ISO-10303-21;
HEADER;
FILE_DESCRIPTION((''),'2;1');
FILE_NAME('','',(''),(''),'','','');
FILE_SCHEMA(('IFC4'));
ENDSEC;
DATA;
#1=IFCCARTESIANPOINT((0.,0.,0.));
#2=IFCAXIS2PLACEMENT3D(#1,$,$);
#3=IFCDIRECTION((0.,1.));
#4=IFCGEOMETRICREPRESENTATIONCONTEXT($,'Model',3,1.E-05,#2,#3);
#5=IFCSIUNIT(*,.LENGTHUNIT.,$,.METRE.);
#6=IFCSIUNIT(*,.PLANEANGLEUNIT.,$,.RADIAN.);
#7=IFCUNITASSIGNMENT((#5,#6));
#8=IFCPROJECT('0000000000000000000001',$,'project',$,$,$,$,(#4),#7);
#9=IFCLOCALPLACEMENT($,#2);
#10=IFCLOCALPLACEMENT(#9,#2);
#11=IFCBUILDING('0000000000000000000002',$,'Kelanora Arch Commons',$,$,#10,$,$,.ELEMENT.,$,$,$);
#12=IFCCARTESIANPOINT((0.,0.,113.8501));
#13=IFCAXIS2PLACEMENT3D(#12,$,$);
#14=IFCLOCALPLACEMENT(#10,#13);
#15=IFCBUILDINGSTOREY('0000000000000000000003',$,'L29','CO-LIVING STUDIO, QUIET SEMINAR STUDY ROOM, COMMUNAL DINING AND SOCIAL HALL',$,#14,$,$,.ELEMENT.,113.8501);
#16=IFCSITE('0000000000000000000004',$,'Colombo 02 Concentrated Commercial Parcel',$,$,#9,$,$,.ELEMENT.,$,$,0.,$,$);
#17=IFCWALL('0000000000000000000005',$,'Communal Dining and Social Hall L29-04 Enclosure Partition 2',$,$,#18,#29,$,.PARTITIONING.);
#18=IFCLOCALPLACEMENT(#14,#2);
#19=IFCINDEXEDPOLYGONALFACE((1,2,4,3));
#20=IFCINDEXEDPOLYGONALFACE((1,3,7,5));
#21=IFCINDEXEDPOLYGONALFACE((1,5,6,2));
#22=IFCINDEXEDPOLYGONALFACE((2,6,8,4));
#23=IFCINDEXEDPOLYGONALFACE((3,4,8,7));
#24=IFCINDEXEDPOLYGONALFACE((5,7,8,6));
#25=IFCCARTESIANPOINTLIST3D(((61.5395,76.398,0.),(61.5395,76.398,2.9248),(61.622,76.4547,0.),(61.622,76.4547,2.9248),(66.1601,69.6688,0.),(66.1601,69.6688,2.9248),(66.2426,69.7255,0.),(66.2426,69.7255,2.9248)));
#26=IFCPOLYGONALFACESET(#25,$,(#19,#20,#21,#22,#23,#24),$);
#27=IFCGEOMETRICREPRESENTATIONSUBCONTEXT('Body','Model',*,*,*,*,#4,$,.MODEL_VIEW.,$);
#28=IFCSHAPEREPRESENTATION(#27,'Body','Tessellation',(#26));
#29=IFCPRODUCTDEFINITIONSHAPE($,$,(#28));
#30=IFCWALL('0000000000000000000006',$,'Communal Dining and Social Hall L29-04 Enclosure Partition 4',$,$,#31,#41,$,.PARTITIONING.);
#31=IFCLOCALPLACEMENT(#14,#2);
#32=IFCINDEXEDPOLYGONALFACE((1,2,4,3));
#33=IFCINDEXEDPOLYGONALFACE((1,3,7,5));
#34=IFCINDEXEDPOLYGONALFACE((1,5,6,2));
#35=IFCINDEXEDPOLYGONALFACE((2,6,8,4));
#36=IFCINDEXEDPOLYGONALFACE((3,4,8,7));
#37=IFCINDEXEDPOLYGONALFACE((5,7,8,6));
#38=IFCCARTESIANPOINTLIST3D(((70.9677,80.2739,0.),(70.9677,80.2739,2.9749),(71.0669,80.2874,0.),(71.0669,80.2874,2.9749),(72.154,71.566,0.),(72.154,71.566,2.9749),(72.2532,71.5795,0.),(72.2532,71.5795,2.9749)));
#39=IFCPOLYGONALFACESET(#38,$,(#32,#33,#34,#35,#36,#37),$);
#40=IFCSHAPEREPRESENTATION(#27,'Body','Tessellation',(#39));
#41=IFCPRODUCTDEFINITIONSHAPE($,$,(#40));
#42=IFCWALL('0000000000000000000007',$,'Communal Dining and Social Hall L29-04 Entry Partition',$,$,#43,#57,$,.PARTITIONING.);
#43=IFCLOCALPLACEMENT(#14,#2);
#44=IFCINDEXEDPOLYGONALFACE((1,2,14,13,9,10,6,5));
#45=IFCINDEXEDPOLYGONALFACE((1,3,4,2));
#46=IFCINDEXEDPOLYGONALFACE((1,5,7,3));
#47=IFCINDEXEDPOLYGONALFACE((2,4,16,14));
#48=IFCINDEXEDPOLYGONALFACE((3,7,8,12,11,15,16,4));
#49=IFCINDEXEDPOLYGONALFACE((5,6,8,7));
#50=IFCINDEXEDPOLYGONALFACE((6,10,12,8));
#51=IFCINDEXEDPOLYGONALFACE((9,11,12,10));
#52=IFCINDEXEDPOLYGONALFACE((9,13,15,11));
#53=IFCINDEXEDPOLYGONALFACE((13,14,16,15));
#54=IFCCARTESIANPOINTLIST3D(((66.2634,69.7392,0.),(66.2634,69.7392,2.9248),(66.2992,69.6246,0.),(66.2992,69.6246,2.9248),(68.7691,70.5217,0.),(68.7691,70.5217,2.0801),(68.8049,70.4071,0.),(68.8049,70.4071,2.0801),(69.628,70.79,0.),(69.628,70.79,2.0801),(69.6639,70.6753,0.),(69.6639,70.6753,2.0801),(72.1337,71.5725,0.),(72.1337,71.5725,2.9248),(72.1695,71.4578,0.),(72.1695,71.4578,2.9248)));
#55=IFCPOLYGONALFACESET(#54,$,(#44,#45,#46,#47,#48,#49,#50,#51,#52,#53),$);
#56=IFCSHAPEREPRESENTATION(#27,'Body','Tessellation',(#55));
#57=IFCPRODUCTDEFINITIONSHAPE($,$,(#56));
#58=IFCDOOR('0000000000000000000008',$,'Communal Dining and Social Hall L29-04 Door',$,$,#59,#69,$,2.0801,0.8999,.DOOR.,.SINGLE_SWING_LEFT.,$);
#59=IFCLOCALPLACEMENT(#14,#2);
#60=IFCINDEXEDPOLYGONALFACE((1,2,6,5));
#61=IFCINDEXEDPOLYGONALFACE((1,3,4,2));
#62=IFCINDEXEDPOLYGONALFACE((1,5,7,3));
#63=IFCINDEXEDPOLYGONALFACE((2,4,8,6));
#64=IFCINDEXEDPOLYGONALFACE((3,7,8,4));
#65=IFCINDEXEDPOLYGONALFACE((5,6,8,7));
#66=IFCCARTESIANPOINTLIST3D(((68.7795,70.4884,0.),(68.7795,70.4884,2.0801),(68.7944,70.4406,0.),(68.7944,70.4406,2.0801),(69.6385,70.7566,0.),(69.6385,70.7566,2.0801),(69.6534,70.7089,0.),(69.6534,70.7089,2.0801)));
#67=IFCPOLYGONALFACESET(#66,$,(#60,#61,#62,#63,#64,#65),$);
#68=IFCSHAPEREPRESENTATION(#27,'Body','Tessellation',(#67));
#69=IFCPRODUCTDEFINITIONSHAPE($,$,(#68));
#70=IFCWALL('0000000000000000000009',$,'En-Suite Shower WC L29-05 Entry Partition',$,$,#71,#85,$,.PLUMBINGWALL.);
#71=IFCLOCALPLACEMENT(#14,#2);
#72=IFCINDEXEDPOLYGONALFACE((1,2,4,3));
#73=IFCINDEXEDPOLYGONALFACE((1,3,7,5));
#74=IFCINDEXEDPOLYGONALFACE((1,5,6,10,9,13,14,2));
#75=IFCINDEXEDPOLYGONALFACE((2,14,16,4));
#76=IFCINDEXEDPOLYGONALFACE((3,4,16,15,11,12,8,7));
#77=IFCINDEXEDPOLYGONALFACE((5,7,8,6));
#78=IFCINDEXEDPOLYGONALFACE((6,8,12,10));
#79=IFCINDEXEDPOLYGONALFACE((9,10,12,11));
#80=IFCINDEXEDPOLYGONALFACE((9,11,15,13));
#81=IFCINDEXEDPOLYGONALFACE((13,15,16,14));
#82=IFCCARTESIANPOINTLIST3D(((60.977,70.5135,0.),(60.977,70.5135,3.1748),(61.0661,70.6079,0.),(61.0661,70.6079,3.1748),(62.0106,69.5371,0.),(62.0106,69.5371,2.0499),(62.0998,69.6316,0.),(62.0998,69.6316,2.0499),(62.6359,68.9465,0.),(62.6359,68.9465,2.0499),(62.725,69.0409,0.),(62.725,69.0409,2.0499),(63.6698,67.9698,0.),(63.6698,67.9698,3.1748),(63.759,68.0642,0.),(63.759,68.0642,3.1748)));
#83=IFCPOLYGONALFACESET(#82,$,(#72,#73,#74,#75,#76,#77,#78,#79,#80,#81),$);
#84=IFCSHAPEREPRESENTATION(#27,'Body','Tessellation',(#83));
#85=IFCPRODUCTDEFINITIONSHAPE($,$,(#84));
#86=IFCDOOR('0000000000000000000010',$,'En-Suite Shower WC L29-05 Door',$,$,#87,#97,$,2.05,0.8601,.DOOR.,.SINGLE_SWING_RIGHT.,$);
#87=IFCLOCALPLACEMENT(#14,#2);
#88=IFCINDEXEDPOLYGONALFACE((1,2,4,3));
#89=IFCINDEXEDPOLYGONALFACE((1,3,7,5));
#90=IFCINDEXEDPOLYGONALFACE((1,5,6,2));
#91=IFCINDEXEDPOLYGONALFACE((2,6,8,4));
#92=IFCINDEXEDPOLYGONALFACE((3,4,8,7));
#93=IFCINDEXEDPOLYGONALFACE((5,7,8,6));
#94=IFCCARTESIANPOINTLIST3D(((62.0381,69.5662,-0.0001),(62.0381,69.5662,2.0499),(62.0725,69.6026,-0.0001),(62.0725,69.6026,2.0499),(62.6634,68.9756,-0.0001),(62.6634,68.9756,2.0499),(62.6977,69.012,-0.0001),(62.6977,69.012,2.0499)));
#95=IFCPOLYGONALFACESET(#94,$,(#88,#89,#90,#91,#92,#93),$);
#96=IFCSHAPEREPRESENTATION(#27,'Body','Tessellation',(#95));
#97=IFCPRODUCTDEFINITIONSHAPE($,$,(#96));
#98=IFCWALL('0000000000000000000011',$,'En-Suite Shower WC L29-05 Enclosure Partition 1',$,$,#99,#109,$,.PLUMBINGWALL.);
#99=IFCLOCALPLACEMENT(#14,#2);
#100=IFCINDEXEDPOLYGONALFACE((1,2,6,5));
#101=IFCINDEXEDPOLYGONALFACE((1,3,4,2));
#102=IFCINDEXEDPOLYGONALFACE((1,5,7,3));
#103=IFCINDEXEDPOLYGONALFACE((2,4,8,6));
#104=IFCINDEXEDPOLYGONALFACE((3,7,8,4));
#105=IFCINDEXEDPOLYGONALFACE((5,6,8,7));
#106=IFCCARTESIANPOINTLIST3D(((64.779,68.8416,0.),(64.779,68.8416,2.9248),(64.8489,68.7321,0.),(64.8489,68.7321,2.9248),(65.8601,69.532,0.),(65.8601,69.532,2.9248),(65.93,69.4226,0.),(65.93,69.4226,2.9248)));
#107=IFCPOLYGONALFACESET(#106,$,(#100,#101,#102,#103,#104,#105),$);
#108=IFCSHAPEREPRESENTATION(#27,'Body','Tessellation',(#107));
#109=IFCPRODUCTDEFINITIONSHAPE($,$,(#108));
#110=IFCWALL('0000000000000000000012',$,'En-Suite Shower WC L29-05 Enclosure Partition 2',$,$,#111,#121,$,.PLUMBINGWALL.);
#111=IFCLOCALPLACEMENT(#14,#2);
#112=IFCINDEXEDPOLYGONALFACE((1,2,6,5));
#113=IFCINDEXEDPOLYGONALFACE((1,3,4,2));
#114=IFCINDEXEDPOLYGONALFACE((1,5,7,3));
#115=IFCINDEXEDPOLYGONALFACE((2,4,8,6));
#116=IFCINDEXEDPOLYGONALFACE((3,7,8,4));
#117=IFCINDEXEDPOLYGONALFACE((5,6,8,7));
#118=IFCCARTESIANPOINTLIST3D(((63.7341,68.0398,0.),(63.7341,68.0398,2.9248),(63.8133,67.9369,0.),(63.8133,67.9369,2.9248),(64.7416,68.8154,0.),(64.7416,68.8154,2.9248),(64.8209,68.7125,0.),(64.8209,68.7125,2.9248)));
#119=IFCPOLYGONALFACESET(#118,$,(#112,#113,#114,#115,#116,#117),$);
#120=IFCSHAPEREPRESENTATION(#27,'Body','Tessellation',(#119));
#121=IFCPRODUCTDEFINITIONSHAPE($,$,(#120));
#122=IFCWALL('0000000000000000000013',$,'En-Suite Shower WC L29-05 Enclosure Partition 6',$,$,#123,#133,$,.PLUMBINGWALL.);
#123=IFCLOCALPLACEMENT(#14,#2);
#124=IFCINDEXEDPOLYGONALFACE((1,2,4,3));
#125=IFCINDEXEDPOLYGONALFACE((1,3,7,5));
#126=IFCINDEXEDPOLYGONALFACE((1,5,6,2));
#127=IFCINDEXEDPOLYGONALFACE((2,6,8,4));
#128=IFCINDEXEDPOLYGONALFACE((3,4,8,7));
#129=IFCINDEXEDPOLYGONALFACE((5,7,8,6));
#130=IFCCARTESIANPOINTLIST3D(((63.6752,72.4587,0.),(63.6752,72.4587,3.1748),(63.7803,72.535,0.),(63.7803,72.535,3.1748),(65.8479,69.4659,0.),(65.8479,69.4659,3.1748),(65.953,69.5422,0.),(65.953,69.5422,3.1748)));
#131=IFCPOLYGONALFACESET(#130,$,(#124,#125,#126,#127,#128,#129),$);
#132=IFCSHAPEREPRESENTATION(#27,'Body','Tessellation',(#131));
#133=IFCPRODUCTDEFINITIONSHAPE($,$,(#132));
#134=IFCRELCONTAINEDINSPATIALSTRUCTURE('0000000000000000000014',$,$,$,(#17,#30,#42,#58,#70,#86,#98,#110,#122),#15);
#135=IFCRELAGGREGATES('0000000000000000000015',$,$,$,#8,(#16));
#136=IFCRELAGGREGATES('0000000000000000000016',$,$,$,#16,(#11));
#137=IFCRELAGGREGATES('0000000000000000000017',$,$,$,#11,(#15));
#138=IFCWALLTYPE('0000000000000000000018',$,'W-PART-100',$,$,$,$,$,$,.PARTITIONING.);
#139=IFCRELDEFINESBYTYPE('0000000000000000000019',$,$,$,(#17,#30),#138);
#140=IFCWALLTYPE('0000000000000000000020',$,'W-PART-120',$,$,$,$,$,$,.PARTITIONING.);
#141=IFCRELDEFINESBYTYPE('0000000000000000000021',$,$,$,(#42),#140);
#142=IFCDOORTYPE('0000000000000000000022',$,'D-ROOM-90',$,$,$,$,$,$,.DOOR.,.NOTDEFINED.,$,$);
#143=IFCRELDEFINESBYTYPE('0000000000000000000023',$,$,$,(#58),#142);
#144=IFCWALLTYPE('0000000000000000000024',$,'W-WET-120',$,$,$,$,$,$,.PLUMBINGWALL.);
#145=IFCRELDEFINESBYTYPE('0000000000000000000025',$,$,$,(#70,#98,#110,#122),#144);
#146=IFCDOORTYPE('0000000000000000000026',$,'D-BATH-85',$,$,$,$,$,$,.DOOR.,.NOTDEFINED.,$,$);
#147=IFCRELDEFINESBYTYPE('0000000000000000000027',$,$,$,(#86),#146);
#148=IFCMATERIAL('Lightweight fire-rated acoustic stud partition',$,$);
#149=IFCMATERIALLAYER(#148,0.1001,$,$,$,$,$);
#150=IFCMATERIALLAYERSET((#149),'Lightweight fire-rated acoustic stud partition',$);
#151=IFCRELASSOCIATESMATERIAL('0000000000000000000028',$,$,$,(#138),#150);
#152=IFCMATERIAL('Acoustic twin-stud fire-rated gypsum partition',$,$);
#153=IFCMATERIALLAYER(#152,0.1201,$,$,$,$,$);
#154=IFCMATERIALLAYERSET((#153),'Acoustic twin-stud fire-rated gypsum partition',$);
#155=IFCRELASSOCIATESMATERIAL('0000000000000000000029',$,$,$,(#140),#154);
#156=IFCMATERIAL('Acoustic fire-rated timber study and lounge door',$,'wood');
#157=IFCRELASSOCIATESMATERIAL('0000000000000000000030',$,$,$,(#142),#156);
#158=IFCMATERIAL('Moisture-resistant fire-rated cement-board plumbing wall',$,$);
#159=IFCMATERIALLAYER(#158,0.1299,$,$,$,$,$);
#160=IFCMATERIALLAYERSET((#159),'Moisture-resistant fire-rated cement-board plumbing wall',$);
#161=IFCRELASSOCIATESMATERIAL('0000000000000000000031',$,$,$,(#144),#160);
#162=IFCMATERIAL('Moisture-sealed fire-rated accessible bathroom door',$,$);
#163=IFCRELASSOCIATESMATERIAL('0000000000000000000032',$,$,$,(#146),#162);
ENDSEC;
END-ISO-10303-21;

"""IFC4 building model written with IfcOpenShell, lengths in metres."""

from ifc_helpers import new_model, si_unit, direction, frame, frame_2d, origin, place, context, subcontext, project, spatial, rectangle, extrude, material, layer, layer_set, type_object, element, fill, save


model = new_model("IFC4")

# Units and contexts
model_context = context("Model", 3, precision=1e-05, world=origin(), true_north=direction((0.0, 1.0)))
body_context = subcontext(model_context, "Body", "Model", "MODEL_VIEW")
ifc_project = project(units=[si_unit("LENGTHUNIT", "METRE"), si_unit("PLANEANGLEUNIT", "RADIAN")], contexts=[model_context])

# Site, building, storey
site_placement = place(None, origin())
site = spatial("IfcSite", under=ifc_project, at=site_placement, Name="Colombo 02 Concentrated Commercial Parcel", CompositionType="ELEMENT", RefElevation=0.0)
building_placement = place(site_placement, origin())
building = spatial("IfcBuilding", under=site, at=building_placement, Name="Kelanora Arch Commons", CompositionType="ELEMENT")
storey_placement = place(building_placement, frame((0.0, 0.0, 113.8501)))
storey = spatial("IfcBuildingStorey", under=building, at=storey_placement, Name="L29", Description="CO-LIVING STUDIO, QUIET SEMINAR STUDY ROOM, COMMUNAL DINING AND SOCIAL HALL", CompositionType="ELEMENT", Elevation=113.8501)

# Walls
ifc_material_1 = material(Name="Lightweight fire-rated acoustic stud partition")
ifc_layer_1 = layer(ifc_material_1, 0.1001)
ifc_layer_set_1 = layer_set([ifc_layer_1], Name="Lightweight fire-rated acoustic stud partition")
wall_type_1 = type_object("IfcWallType", Name="W-PART-100", PredefinedType="PARTITIONING", material=ifc_layer_set_1)
wall_1_placement = place(storey_placement, frame((66.2014, 69.697, 0.0), z_axis=(0.0, 0.0, 1.0), x_axis=(-0.56605, 0.824371, 0.0)))
element("IfcWall", 1, at=wall_1_placement, inside=storey, type_object=wall_type_1, Name="Communal Dining and Social Hall L29-04 Enclosure Partition 2", PredefinedType="PARTITIONING", context=body_context, shape_type="SweptSolid", body=[
    extrude(rectangle(XDim=8.1628, YDim=0.1001, at=frame_2d((4.0815, 0.0))), origin(), (0.0, 0.0, 1.0), 2.9248),
])
wall_2_placement = place(storey_placement, frame((71.0173, 80.2805, 0.0), z_axis=(0.0, 0.0, 1.0), x_axis=(0.134982, -0.990848, 0.0)))
element("IfcWall", 2, at=wall_2_placement, inside=storey, type_object=wall_type_1, Name="Communal Dining and Social Hall L29-04 Enclosure Partition 4", PredefinedType="PARTITIONING", context=body_context, shape_type="SweptSolid", body=[
    extrude(rectangle(XDim=8.7883, YDim=0.1001, at=frame_2d((4.394, 0.0))), origin(), (0.0, 0.0, 1.0), 2.9749),
])

# Walls, openings, doors
ifc_material_2 = material(Name="Acoustic twin-stud fire-rated gypsum partition")
ifc_layer_2 = layer(ifc_material_2, 0.1201)
ifc_layer_set_2 = layer_set([ifc_layer_2], Name="Acoustic twin-stud fire-rated gypsum partition")
wall_type_2 = type_object("IfcWallType", Name="W-PART-120", PredefinedType="PARTITIONING", material=ifc_layer_set_2)
wall_3_placement = place(storey_placement, frame((72.1516, 71.5151, 0.0), z_axis=(0.0, 0.0, 1.0), x_axis=(-0.954537, -0.298092, 0.0)))
wall_3 = element("IfcWall", 3, at=wall_3_placement, inside=storey, type_object=wall_type_2, Name="Communal Dining and Social Hall L29-04 Entry Partition", PredefinedType="PARTITIONING", context=body_context, shape_type="SweptSolid", body=[
    extrude(rectangle(XDim=6.1499, YDim=0.1201, at=frame_2d((3.075, 0.0))), origin(), (0.0, 0.0, 1.0), 2.9248),
])
opening_1_placement = place(wall_3_placement, frame((2.625, 0.0, 0.0)))
opening_1 = element("IfcOpeningElement", 4, at=opening_1_placement, cuts=wall_3, PredefinedType="OPENING", context=body_context, shape_type="SweptSolid", body=[
    extrude(rectangle(XDim=0.8999, YDim=2.0801, at=frame_2d((0.45, 1.04))), frame((0.0, 0.0701, 0.0), z_axis=(0.0, -1.0, 0.0), x_axis=(1.0, 0.0, 0.0)), (0.0, 0.0, 1.0), 0.1401),
])
ifc_material_3 = material(Name="Acoustic fire-rated timber study and lounge door", Category="wood")
door_type_1 = type_object("IfcDoorType", Name="D-ROOM-90", OperationType="NOTDEFINED", PredefinedType="DOOR", material=ifc_material_3)
door_1_placement = place(opening_1_placement, origin())
door_1 = element("IfcDoor", 5, at=door_1_placement, inside=storey, type_object=door_type_1, Name="Communal Dining and Social Hall L29-04 Door", OperationType="SINGLE_SWING_LEFT", OverallHeight=2.0801, OverallWidth=0.8999, PredefinedType="DOOR", context=body_context, shape_type="SweptSolid", body=[
    extrude(rectangle(XDim=0.8999, YDim=2.0801, at=frame_2d((0.45, 1.04))), frame((0.0, 0.0249, 0.0), z_axis=(0.0, -1.0, 0.0), x_axis=(1.0, 0.0, 0.0)), (0.0, 0.0, 1.0), 0.05),
])
fill(opening_1, door_1)
ifc_material_4 = material(Name="Moisture-resistant fire-rated cement-board plumbing wall")
ifc_layer_3 = layer(ifc_material_4, 0.1299)
ifc_layer_set_3 = layer_set([ifc_layer_3], Name="Moisture-resistant fire-rated cement-board plumbing wall")
wall_type_3 = type_object("IfcWallType", Name="W-WET-120", PredefinedType="PLUMBINGWALL", material=ifc_layer_set_3)
wall_4_placement = place(storey_placement, frame((63.7144, 68.0171, 0.0), z_axis=(0.0, 0.0, 1.0), x_axis=(-0.726955, 0.686685, 0.0)))
wall_4 = element("IfcWall", 6, at=wall_4_placement, inside=storey, type_object=wall_type_3, Name="En-Suite Shower WC L29-05 Entry Partition", PredefinedType="PLUMBINGWALL", context=body_context, shape_type="SweptSolid", body=[
    extrude(rectangle(XDim=3.7043, YDim=0.1299, at=frame_2d((1.8521, 0.0))), origin(), (0.0, 0.0, 1.0), 3.1748),
])
opening_2_placement = place(wall_4_placement, frame((1.4221, 0.0, 0.0)))
opening_2 = element("IfcOpeningElement", 7, at=opening_2_placement, cuts=wall_4, PredefinedType="OPENING", context=body_context, shape_type="SweptSolid", body=[
    extrude(rectangle(XDim=0.8601, YDim=2.05, at=frame_2d((0.4302, 1.0249))), frame((0.0, 0.075, 0.0), z_axis=(0.0, -1.0, 0.0), x_axis=(1.0, 0.0, 0.0)), (0.0, 0.0, 1.0), 0.1499),
])
ifc_material_5 = material(Name="Moisture-sealed fire-rated accessible bathroom door")
door_type_2 = type_object("IfcDoorType", Name="D-BATH-85", OperationType="NOTDEFINED", PredefinedType="DOOR", material=ifc_material_5)
door_2_placement = place(opening_2_placement, origin())
door_2 = element("IfcDoor", 8, at=door_2_placement, inside=storey, type_object=door_type_2, Name="En-Suite Shower WC L29-05 Door", OperationType="SINGLE_SWING_RIGHT", OverallHeight=2.05, OverallWidth=0.8601, PredefinedType="DOOR", context=body_context, shape_type="SweptSolid", body=[
    extrude(rectangle(XDim=0.8601, YDim=2.05, at=frame_2d((0.4302, 1.0249))), frame((0.0, 0.0249, 0.0), z_axis=(0.0, -1.0, 0.0), x_axis=(1.0, 0.0, 0.0)), (0.0, 0.0, 1.0), 0.05),
])
fill(opening_2, door_2)

# Walls
wall_5_placement = place(storey_placement, frame((65.895, 69.4773, 0.0), z_axis=(0.0, 0.0, 1.0), x_axis=(-0.842783, -0.538254, 0.0)))
element("IfcWall", 9, at=wall_5_placement, inside=storey, type_object=wall_type_3, Name="En-Suite Shower WC L29-05 Enclosure Partition 1", PredefinedType="PLUMBINGWALL", context=body_context, shape_type="SweptSolid", body=[
    extrude(rectangle(XDim=1.2827, YDim=0.1299, at=frame_2d((0.6414, 0.0))), origin(), (0.0, 0.0, 1.0), 2.9248),
])
wall_6_placement = place(storey_placement, frame((64.7812, 68.7639, 0.0), z_axis=(0.0, 0.0, 1.0), x_axis=(-0.792403, -0.609998, 0.0)))
element("IfcWall", 10, at=wall_6_placement, inside=storey, type_object=wall_type_3, Name="En-Suite Shower WC L29-05 Enclosure Partition 2", PredefinedType="PLUMBINGWALL", context=body_context, shape_type="SweptSolid", body=[
    extrude(rectangle(XDim=1.2715, YDim=0.1299, at=frame_2d((0.6357, 0.0))), origin(), (0.0, 0.0, 1.0), 2.9248),
])
wall_7_placement = place(storey_placement, frame((63.7278, 72.4968, 0.0), z_axis=(0.0, 0.0, 1.0), x_axis=(0.587485, -0.809235, 0.0)))
element("IfcWall", 11, at=wall_7_placement, inside=storey, type_object=wall_type_3, Name="En-Suite Shower WC L29-05 Enclosure Partition 6", PredefinedType="PLUMBINGWALL", context=body_context, shape_type="SweptSolid", body=[
    extrude(rectangle(XDim=3.6982, YDim=0.1299, at=frame_2d((1.8491, 0.0))), origin(), (0.0, 0.0, 1.0), 3.1748),
])

save(model, "model.ifc")
